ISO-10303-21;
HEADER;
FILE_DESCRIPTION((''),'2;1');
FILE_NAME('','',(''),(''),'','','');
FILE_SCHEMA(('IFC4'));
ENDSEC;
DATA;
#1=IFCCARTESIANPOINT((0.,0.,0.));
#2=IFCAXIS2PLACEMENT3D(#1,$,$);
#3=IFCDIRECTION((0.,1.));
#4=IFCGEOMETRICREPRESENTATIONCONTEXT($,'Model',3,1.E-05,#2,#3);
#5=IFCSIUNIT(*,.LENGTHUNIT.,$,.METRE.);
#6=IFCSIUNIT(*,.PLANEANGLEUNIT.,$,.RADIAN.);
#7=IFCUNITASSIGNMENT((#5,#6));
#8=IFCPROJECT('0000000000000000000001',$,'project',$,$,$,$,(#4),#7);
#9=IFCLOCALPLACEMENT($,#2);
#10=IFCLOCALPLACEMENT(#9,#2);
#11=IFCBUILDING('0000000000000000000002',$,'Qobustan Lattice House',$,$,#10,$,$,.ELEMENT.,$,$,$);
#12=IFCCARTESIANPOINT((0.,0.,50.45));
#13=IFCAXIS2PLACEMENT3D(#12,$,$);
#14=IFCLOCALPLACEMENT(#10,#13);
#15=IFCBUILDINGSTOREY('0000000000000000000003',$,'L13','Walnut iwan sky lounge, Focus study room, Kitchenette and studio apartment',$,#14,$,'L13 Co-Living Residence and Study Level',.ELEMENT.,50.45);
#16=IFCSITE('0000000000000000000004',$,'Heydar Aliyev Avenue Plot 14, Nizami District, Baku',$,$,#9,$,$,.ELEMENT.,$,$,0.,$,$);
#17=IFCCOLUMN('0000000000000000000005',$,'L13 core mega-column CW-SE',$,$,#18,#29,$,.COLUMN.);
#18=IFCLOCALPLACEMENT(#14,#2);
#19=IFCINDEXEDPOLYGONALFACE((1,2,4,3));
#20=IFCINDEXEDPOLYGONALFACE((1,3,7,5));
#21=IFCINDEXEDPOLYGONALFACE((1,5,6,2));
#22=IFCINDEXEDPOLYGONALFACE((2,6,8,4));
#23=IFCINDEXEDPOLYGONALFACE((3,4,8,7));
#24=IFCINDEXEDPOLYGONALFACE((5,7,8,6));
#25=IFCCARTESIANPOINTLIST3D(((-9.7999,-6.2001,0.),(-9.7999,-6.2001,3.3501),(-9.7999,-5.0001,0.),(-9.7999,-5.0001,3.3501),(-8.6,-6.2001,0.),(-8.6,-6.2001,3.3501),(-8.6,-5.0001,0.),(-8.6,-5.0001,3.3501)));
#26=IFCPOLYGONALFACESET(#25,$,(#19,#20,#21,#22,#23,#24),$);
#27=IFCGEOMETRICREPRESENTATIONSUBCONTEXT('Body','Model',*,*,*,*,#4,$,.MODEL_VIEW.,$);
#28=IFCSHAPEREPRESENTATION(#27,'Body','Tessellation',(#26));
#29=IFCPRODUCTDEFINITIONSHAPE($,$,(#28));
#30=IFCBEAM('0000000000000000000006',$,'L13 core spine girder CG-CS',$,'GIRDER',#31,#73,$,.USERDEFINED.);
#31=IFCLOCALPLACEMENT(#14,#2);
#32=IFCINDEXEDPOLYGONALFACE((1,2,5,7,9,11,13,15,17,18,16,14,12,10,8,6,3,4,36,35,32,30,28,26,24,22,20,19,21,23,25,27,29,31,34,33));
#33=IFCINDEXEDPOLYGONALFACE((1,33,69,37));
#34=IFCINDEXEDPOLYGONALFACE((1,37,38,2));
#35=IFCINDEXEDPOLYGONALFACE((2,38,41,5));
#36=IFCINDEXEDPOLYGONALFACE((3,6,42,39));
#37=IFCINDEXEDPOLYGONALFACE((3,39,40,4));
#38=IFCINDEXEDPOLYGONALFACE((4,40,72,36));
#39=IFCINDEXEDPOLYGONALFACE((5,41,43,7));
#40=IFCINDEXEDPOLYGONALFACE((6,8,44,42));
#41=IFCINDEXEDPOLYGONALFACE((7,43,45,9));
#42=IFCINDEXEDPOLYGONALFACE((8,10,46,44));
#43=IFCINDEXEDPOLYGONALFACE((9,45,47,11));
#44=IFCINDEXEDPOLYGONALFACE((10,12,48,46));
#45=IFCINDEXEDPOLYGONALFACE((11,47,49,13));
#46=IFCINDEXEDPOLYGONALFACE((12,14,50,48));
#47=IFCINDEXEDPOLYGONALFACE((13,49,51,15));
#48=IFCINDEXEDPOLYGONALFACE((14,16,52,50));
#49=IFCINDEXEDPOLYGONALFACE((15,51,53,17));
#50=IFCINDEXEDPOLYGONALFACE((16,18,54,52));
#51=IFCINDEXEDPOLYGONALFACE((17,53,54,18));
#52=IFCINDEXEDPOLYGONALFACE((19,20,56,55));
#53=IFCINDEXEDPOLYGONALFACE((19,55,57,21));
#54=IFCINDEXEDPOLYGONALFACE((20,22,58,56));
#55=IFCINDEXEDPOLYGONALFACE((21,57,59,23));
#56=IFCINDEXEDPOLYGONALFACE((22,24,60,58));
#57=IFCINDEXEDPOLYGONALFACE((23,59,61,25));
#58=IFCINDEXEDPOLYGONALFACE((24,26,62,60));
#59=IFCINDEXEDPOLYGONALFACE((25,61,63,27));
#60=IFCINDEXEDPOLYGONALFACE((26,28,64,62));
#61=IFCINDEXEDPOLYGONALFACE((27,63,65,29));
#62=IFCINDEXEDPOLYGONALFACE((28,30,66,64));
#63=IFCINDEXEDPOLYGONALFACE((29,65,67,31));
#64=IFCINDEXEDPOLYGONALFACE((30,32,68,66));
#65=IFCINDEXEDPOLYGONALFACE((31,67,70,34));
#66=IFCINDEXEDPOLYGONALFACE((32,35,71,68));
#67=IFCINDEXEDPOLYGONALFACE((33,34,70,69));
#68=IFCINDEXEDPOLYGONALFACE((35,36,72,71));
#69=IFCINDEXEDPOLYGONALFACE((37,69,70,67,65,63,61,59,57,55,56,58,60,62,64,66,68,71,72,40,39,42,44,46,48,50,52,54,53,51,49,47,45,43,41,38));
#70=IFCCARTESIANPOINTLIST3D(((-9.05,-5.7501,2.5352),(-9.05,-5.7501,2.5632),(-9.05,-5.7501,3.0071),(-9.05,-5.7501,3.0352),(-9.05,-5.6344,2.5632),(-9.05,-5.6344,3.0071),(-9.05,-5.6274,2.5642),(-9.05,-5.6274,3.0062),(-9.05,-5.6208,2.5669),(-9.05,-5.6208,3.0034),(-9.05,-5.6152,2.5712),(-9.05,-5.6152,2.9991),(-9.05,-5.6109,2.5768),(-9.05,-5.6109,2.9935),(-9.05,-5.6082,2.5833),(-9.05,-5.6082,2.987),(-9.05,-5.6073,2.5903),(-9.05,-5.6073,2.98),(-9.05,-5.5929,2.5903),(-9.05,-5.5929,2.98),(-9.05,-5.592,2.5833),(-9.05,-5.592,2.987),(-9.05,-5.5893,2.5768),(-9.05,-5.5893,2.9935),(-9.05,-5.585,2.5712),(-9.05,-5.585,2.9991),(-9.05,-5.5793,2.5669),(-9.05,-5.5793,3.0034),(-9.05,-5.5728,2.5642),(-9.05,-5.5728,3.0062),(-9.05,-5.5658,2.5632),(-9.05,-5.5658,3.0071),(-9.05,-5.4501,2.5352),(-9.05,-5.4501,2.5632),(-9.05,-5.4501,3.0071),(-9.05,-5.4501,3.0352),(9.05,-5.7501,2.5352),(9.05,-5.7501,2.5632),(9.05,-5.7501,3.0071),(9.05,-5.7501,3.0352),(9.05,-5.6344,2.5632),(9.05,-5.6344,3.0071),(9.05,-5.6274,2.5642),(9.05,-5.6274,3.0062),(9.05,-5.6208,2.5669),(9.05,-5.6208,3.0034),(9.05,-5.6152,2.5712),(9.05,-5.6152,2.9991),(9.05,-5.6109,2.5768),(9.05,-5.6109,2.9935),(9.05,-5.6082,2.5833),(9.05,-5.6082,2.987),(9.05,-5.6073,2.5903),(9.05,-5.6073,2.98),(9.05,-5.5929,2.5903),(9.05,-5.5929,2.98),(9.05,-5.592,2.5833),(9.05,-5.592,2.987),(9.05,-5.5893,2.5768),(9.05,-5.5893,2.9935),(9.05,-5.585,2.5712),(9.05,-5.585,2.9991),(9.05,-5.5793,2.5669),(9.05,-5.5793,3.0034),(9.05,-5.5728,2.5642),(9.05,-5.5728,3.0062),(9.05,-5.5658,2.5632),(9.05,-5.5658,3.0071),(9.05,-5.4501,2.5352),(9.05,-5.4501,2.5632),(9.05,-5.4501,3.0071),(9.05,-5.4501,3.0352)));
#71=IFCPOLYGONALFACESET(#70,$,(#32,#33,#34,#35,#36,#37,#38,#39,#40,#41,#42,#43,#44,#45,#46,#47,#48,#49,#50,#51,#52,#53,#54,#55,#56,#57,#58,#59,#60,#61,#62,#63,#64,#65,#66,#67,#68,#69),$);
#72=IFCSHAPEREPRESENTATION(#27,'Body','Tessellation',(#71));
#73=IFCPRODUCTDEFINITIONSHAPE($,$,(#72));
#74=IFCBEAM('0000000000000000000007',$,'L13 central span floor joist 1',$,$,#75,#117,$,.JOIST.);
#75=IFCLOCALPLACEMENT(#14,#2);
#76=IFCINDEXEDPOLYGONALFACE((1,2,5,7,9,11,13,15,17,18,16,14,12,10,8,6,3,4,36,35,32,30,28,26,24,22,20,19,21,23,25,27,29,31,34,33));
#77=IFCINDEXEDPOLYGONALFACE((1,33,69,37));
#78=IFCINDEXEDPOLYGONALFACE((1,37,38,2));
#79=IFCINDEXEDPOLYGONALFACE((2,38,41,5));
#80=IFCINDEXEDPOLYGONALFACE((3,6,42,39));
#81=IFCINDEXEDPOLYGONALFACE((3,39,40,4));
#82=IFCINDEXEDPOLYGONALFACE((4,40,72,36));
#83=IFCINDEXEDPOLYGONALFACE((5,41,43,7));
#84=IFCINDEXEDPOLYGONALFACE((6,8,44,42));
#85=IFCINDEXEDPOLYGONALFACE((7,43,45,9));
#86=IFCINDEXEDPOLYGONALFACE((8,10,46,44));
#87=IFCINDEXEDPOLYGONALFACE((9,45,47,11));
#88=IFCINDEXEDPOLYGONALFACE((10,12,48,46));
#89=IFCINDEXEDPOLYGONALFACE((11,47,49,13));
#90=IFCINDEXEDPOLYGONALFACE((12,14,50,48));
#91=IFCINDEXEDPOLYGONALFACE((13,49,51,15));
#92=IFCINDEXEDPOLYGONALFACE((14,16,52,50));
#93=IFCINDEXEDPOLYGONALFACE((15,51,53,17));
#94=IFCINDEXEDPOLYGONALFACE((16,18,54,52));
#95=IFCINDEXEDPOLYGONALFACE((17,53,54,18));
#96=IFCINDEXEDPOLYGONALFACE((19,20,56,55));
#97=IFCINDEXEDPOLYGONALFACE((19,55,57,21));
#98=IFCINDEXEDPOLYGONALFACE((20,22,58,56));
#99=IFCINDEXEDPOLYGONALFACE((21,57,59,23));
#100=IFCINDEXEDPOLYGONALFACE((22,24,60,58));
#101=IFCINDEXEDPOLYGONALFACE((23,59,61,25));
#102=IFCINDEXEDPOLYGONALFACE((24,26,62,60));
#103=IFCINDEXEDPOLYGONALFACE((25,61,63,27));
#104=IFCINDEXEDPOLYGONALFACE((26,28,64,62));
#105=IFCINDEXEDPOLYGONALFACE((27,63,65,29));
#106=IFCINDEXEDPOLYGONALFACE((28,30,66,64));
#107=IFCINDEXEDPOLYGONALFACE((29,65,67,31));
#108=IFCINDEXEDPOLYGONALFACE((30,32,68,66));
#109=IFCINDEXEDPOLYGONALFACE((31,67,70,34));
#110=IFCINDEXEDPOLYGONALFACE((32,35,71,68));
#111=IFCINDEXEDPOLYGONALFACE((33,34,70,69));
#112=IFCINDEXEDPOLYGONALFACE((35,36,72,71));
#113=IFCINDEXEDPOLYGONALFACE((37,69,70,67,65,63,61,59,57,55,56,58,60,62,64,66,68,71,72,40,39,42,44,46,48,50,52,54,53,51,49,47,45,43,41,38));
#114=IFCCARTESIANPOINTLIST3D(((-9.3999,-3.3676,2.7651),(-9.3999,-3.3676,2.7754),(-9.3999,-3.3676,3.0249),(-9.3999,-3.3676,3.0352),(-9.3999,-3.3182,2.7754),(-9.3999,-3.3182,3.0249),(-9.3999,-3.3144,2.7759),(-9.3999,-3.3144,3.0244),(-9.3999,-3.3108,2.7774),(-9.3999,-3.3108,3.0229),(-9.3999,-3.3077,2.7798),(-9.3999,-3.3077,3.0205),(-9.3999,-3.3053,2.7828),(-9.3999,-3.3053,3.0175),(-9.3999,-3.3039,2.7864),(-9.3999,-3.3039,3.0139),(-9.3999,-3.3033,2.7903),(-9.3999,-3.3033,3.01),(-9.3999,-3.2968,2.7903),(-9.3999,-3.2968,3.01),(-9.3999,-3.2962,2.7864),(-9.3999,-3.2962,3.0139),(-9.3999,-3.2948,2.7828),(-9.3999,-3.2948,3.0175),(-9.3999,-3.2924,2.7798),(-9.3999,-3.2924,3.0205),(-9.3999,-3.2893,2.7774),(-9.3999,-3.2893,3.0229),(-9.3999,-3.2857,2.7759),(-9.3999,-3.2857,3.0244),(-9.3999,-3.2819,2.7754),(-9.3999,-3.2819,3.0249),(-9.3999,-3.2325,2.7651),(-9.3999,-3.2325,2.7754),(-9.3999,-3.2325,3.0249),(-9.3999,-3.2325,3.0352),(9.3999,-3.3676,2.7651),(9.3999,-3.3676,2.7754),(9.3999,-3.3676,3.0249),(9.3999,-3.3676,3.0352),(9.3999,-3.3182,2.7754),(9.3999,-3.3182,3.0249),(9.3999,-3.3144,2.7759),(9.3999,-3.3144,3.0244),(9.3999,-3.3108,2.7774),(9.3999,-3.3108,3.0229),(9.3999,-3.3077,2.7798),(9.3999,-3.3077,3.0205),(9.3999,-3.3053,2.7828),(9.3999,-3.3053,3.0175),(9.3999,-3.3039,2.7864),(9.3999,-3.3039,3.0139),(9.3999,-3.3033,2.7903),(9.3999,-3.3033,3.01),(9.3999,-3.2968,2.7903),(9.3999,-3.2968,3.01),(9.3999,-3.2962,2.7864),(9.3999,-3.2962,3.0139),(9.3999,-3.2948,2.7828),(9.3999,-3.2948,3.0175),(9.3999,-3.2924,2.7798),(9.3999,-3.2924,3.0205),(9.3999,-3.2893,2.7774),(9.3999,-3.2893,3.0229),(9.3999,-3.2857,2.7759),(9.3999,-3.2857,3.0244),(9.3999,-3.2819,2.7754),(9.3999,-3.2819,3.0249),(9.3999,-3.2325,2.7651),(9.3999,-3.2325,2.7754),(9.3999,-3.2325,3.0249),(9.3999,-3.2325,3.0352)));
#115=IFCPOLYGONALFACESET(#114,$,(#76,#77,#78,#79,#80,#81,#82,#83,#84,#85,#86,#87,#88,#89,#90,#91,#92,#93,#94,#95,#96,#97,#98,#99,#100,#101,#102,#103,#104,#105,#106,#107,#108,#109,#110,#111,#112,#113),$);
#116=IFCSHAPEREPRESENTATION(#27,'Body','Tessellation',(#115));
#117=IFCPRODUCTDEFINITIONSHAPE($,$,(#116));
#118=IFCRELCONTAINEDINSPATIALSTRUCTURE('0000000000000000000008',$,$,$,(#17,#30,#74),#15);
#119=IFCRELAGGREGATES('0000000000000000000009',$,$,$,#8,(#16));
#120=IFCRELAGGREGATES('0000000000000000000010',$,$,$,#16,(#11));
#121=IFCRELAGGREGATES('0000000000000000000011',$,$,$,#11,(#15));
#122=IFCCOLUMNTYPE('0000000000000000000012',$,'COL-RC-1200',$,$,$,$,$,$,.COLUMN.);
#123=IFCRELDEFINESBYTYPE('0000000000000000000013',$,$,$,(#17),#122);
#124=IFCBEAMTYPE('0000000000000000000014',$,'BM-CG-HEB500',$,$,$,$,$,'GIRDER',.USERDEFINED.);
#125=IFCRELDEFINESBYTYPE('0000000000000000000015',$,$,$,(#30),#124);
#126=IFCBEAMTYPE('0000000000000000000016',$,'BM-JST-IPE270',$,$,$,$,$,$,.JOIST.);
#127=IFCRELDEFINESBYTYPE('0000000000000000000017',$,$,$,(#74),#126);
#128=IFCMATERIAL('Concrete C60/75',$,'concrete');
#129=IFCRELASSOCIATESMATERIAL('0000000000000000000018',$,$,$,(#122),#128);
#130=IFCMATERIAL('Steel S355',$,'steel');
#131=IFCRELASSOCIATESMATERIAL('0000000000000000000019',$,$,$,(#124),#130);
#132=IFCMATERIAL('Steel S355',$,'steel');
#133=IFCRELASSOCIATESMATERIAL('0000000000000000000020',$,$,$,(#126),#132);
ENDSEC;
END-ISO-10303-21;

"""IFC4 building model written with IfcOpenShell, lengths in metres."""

from ifc_helpers import new_model, si_unit, direction, frame, origin, origin_2d, place, context, subcontext, project, spatial, rectangle, i_section, extrude, material, material_profile, profile_set, type_object, element, save


model = new_model("IFC4")

# Units and contexts
model_context = context("Model", 3, precision=1e-05, world=origin(), true_north=direction((0.0, 1.0)))
body_context = subcontext(model_context, "Body", "Model", "MODEL_VIEW")
ifc_project = project(units=[si_unit("LENGTHUNIT", "METRE"), si_unit("PLANEANGLEUNIT", "RADIAN")], contexts=[model_context])

# Site, building, storey
site_placement = place(None, origin())
site = spatial("IfcSite", under=ifc_project, at=site_placement, Name="Heydar Aliyev Avenue Plot 14, Nizami District, Baku", CompositionType="ELEMENT", RefElevation=0.0)
building_placement = place(site_placement, origin())
building = spatial("IfcBuilding", under=site, at=building_placement, Name="Qobustan Lattice House", CompositionType="ELEMENT")
storey_placement = place(building_placement, frame((0.0, 0.0, 50.45)))
storey = spatial("IfcBuildingStorey", under=building, at=storey_placement, Name="L13", Description="Walnut iwan sky lounge, Focus study room, Kitchenette and studio apartment", LongName="L13 Co-Living Residence and Study Level", CompositionType="ELEMENT", Elevation=50.45)

# Column
ifc_material_1 = material(Name="Concrete C60/75", Category="concrete")
ifc_material_profile_1 = material_profile(ifc_material_1, rectangle(XDim=1.2, YDim=1.2, at=origin_2d()), Name="RC1200x1200")
ifc_profile_set_1 = profile_set([ifc_material_profile_1], Name="Concrete C60/75")
column_type = type_object("IfcColumnType", Name="COL-RC-1200", PredefinedType="COLUMN", material=ifc_profile_set_1)
column_placement = place(storey_placement, frame((-9.2, -5.6001, 0.0), z_axis=(0.0, 0.0, 1.0), x_axis=(1.0, 0.0, 0.0)))
element("IfcColumn", 1, at=column_placement, inside=storey, type_object=column_type, Name="L13 core mega-column CW-SE", PredefinedType="COLUMN", context=body_context, shape_type="SweptSolid", body=[
    extrude(rectangle(XDim=1.2, YDim=1.2, at=origin_2d()), origin(), (0.0, 0.0, 1.0), 3.3501),
])

# Beams
ifc_material_2 = material(Name="Steel S355", Category="steel")
ifc_material_profile_2 = material_profile(ifc_material_2, i_section(OverallWidth=0.3, OverallDepth=0.5, WebThickness=0.0144, FlangeThickness=0.0281, FilletRadius=0.0271, at=origin_2d()), Name="HEB500")
ifc_profile_set_2 = profile_set([ifc_material_profile_2], Name="Steel S355")
beam_type_1 = type_object("IfcBeamType", Name="BM-CG-HEB500", ElementType="GIRDER", PredefinedType="USERDEFINED", material=ifc_profile_set_2)
beam_1_placement = place(storey_placement, frame((-9.05, -5.6001, 2.7852), z_axis=(1.0, 0.0, 0.0), x_axis=(0.0, 1.0, 0.0)))
element("IfcBeam", 2, at=beam_1_placement, inside=storey, type_object=beam_type_1, Name="L13 core spine girder CG-CS", ObjectType="GIRDER", PredefinedType="USERDEFINED", context=body_context, shape_type="SweptSolid", body=[
    extrude(i_section(OverallWidth=0.3, OverallDepth=0.5, WebThickness=0.0144, FlangeThickness=0.0281, FilletRadius=0.0271, at=origin_2d()), origin(), (0.0, 0.0, 1.0), 18.1001),
])
ifc_material_3 = material(Name="Steel S355", Category="steel")
ifc_material_profile_3 = material_profile(ifc_material_3, i_section(OverallWidth=0.135, OverallDepth=0.27, WebThickness=0.0066, FlangeThickness=0.0103, FilletRadius=0.0149, at=origin_2d()), Name="IPE270")
ifc_profile_set_3 = profile_set([ifc_material_profile_3], Name="Steel S355")
beam_type_2 = type_object("IfcBeamType", Name="BM-JST-IPE270", PredefinedType="JOIST", material=ifc_profile_set_3)
beam_2_placement = place(storey_placement, frame((-9.3999, -3.3, 2.9001), z_axis=(1.0, 0.0, 0.0), x_axis=(0.0, 1.0, 0.0)))
element("IfcBeam", 3, at=beam_2_placement, inside=storey, type_object=beam_type_2, Name="L13 central span floor joist 1", PredefinedType="JOIST", context=body_context, shape_type="SweptSolid", body=[
    extrude(i_section(OverallWidth=0.135, OverallDepth=0.27, WebThickness=0.0066, FlangeThickness=0.0103, FilletRadius=0.0149, at=origin_2d()), origin(), (0.0, 0.0, 1.0), 18.7998),
])

save(model, "model.ifc")
